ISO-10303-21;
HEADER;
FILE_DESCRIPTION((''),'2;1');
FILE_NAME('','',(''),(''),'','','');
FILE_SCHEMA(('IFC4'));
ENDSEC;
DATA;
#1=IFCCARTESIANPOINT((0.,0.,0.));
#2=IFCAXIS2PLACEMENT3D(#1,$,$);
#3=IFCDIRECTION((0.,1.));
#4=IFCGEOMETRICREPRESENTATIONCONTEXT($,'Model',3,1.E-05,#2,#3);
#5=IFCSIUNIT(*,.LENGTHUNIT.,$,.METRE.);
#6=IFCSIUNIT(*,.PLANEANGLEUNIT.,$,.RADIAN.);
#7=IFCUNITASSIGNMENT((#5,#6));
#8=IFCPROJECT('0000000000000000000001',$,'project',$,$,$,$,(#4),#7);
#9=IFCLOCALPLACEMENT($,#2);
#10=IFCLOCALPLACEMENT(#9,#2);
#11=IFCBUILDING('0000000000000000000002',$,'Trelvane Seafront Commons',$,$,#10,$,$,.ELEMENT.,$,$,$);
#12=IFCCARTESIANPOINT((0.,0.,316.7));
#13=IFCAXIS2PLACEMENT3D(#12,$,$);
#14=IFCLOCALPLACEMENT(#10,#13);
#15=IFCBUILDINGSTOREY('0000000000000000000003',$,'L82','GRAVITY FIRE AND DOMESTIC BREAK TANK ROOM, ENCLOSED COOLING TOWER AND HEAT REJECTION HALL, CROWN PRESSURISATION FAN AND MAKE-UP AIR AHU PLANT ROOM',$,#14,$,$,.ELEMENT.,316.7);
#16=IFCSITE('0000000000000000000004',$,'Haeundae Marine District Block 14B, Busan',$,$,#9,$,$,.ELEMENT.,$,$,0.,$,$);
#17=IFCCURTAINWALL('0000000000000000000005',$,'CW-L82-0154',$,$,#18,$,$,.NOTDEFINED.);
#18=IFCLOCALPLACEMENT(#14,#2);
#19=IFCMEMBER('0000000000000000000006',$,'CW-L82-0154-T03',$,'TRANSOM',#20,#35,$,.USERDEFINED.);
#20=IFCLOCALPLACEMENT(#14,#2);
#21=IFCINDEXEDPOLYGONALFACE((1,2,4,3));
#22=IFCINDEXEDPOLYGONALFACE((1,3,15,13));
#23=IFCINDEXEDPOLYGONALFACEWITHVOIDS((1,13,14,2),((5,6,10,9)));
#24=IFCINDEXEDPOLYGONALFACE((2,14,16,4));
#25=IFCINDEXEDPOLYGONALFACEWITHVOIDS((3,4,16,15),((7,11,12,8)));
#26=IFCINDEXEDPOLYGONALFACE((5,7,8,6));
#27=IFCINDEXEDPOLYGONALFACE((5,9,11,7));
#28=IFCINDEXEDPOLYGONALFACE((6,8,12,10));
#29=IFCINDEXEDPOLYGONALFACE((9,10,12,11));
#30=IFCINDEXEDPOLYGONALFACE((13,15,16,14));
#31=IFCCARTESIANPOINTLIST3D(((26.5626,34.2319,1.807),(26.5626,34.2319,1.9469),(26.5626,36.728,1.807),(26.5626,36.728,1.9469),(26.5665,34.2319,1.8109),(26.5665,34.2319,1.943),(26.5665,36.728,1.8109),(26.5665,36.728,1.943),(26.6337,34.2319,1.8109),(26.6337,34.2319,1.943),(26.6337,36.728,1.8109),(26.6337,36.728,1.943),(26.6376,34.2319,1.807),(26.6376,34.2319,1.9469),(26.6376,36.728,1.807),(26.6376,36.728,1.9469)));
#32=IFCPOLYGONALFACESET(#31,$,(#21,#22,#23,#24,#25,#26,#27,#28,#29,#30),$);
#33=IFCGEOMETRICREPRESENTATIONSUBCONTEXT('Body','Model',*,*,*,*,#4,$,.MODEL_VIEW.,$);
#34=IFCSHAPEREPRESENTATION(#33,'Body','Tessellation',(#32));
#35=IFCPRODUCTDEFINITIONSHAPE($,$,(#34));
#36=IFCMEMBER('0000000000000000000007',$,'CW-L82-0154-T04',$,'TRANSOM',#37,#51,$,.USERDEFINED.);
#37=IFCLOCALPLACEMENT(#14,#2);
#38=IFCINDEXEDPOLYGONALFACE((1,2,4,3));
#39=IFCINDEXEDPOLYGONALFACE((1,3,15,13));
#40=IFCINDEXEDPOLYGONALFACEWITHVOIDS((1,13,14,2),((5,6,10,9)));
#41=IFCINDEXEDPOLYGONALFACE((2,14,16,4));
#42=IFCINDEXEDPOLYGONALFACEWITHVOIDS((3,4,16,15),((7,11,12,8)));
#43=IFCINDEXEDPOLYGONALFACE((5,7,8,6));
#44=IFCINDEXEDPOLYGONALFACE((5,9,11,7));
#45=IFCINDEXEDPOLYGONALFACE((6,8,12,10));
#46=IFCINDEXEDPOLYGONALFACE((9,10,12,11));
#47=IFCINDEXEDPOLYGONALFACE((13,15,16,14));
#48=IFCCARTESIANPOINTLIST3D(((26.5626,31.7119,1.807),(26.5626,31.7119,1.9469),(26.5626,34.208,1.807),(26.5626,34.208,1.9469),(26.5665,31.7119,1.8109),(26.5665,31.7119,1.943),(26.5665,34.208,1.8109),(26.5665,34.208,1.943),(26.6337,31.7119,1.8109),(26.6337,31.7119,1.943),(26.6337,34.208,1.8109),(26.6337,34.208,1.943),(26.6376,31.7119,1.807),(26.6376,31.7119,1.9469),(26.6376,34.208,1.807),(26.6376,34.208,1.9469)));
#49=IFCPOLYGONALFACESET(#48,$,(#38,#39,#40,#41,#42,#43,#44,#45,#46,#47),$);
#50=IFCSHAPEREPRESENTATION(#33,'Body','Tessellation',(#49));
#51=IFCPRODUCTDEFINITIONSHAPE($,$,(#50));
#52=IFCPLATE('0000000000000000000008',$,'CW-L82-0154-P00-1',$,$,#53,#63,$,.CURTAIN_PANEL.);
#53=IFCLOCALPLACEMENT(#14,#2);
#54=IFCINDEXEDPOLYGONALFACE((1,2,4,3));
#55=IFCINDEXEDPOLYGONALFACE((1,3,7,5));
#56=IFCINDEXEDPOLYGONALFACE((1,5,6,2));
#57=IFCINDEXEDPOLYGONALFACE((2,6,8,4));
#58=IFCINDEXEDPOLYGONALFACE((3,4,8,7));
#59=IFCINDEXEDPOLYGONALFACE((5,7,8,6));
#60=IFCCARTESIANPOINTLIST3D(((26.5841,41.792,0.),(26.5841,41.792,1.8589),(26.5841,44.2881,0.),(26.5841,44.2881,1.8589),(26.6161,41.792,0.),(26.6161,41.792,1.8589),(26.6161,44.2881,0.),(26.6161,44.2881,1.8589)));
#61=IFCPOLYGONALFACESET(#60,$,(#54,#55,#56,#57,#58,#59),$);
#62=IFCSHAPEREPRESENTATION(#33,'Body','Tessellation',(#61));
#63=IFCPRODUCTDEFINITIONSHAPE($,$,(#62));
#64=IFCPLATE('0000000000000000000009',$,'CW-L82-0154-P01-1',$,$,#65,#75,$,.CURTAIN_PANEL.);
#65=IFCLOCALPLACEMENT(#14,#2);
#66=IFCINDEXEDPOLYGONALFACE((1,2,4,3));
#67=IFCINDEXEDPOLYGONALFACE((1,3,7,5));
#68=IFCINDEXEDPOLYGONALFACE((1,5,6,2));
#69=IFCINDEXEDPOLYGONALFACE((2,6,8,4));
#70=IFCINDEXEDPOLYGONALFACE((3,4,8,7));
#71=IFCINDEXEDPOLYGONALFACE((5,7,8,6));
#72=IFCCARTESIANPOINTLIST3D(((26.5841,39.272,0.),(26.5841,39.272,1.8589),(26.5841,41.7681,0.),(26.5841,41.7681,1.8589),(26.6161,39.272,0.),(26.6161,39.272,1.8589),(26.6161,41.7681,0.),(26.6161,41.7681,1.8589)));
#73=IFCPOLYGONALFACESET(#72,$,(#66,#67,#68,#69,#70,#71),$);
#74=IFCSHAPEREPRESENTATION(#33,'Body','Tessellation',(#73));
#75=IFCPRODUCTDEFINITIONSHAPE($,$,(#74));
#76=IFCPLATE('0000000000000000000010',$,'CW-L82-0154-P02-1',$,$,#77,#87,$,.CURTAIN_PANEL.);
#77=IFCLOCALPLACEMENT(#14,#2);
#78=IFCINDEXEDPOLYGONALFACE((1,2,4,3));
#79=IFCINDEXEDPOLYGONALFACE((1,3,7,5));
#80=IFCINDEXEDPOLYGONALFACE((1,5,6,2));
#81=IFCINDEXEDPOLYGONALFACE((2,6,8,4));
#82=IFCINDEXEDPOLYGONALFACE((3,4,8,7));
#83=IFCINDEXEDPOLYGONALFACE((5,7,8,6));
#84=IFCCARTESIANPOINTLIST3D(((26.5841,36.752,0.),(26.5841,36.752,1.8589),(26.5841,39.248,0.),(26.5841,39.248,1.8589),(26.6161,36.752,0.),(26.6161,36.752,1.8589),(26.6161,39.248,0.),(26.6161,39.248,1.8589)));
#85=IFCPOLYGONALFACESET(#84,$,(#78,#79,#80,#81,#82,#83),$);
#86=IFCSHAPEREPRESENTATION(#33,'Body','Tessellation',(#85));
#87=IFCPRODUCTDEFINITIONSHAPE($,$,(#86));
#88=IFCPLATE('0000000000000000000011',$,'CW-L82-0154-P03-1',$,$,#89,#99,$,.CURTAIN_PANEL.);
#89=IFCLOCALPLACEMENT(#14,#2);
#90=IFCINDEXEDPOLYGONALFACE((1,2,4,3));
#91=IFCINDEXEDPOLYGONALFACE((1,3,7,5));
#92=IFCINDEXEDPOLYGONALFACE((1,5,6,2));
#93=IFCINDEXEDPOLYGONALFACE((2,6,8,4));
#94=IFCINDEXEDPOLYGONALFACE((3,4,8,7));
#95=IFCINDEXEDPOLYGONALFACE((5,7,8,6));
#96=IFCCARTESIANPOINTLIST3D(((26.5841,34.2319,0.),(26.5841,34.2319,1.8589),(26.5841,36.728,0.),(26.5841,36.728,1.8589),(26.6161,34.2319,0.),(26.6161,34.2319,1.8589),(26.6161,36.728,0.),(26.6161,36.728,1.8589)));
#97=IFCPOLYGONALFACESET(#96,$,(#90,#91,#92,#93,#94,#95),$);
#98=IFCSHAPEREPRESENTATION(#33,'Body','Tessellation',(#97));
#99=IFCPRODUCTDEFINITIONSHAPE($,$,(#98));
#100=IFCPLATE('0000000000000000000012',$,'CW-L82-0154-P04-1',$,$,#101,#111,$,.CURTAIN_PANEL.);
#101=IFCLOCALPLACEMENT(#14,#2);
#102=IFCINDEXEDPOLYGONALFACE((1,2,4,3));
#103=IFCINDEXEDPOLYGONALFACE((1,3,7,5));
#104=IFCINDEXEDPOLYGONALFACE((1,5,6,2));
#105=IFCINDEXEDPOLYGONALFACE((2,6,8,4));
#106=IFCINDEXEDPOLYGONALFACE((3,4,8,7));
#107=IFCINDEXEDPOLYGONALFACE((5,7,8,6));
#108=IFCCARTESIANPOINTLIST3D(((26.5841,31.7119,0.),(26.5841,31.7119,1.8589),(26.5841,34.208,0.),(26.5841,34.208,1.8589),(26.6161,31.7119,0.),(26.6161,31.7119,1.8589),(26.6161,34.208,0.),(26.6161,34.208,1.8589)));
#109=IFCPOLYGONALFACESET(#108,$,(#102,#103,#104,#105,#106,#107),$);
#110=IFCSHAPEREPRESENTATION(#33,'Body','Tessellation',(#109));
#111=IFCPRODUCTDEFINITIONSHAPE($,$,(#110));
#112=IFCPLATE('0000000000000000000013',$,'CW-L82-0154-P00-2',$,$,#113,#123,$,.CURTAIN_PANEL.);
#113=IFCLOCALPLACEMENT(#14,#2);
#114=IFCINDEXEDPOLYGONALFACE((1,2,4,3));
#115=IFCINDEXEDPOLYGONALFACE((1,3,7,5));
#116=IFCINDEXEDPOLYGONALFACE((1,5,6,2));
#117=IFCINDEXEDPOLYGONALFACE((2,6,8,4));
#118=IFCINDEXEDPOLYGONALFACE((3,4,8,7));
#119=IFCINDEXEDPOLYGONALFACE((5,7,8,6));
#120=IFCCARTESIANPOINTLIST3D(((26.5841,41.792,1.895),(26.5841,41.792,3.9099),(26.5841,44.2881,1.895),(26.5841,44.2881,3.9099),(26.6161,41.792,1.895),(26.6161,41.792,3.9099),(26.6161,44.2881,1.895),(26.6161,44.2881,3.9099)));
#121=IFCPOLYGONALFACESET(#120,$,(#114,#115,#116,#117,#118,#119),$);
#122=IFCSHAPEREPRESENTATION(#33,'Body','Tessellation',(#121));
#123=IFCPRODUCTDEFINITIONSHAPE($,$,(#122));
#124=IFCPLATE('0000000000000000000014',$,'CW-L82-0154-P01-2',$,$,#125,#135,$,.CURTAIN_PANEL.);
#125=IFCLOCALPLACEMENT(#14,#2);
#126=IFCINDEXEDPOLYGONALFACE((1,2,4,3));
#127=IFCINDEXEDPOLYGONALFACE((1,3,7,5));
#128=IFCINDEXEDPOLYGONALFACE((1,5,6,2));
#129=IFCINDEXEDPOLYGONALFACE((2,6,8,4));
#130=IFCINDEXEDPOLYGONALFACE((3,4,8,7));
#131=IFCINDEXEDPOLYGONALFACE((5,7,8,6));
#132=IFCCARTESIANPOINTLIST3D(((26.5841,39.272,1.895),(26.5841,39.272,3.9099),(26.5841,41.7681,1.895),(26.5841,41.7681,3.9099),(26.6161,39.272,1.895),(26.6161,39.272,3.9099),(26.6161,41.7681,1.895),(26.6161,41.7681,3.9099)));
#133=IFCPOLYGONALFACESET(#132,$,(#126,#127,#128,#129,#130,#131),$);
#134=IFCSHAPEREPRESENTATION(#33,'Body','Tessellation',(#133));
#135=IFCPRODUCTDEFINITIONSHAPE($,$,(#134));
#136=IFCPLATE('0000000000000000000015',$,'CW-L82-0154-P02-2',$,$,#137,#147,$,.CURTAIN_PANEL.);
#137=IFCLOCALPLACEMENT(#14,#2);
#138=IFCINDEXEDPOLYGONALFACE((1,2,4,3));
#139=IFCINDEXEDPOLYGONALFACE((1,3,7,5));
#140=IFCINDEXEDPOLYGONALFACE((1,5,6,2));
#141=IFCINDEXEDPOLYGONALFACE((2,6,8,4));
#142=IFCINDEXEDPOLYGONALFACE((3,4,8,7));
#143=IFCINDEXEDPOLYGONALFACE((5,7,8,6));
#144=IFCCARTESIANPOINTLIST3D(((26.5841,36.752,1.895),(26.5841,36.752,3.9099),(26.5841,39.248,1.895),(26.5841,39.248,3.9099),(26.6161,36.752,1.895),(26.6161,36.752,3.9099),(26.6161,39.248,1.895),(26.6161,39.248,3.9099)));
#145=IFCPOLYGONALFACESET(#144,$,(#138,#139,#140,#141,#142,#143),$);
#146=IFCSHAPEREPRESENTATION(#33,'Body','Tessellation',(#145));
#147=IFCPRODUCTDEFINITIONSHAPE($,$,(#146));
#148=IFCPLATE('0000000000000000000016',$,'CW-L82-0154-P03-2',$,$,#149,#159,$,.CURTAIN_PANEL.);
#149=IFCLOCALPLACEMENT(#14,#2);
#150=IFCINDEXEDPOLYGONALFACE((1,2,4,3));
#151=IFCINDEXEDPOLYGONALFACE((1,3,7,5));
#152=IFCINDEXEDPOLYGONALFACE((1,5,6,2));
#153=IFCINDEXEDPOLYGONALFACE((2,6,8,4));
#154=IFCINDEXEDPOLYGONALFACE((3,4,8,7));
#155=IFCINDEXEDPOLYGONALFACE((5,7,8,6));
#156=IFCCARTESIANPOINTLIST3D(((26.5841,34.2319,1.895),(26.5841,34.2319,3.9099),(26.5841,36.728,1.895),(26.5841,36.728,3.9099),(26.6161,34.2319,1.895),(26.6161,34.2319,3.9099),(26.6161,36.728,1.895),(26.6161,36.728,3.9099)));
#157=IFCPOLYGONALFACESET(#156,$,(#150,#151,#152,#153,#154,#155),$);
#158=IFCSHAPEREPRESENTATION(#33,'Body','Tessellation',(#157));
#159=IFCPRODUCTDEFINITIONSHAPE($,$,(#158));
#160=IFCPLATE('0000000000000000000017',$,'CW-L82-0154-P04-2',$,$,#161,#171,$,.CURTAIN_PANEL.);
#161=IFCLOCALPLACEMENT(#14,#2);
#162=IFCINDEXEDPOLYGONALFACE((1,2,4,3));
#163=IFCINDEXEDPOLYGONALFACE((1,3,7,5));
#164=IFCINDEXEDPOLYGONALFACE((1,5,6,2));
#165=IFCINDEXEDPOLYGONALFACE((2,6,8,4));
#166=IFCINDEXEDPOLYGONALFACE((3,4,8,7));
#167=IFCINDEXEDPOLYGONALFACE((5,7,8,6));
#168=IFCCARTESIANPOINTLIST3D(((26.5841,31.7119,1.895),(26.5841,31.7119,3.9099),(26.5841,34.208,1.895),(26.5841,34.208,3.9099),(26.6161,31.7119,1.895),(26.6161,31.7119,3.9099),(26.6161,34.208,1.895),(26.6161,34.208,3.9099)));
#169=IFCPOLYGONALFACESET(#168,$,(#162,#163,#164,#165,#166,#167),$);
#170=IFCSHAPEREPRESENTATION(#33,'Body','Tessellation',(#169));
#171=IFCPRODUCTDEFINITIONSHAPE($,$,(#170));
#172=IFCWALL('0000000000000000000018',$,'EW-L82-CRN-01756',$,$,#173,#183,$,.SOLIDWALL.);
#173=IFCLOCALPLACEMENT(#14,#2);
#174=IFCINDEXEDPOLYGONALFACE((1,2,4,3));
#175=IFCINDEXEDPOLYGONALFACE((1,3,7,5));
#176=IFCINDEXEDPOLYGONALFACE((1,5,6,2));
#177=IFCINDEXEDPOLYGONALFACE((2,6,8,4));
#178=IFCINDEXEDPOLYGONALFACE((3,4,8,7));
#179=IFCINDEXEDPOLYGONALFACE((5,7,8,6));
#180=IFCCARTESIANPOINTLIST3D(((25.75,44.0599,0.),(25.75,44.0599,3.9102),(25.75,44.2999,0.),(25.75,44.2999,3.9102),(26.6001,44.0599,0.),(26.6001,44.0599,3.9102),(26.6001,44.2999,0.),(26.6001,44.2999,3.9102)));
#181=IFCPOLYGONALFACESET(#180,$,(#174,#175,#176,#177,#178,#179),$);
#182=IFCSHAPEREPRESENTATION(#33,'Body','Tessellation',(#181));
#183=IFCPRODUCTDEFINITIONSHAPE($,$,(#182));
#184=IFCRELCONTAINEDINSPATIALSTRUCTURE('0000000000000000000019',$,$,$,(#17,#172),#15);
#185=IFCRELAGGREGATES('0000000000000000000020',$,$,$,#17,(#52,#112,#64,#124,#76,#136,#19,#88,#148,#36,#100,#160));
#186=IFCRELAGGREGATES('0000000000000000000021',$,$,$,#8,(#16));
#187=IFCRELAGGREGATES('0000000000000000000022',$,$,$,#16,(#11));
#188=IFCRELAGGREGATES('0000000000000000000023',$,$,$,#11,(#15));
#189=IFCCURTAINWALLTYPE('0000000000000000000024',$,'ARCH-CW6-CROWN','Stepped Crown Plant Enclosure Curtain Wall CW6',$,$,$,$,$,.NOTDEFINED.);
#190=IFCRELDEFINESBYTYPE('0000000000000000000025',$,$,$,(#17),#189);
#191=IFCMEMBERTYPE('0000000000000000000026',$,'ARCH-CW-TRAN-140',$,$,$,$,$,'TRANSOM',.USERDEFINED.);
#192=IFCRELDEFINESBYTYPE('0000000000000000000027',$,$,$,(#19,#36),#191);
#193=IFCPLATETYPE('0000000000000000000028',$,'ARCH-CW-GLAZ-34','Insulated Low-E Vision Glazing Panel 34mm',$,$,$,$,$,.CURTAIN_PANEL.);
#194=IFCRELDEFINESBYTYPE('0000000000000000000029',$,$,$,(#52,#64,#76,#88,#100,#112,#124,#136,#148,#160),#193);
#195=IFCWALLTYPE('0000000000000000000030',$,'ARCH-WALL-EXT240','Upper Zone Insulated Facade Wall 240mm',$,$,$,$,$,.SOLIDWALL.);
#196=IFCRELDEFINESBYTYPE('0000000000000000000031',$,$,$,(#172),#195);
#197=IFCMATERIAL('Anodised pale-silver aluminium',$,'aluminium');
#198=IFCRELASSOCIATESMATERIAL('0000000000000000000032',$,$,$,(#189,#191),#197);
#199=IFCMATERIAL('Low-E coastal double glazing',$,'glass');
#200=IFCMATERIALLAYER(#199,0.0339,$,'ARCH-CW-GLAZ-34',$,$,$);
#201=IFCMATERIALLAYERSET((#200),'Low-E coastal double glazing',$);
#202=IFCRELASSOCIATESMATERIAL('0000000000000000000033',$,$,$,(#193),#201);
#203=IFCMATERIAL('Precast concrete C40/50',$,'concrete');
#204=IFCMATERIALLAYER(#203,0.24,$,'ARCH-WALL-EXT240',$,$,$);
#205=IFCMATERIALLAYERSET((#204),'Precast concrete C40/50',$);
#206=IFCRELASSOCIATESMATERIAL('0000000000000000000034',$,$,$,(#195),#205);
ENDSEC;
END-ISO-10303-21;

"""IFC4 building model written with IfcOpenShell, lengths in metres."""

from ifc_helpers import new_model, si_unit, direction, frame, frame_2d, origin, origin_2d, place, context, subcontext, project, spatial, rectangle, hollow_rectangle, extrude, source, transform, mapped, material, layer, layer_set, material_profile, profile_set, type_object, element, aggregate, save


model = new_model("IFC4")

# Units and contexts
model_context = context("Model", 3, precision=1e-05, world=origin(), true_north=direction((0.0, 1.0)))
body_context = subcontext(model_context, "Body", "Model", "MODEL_VIEW")
ifc_project = project(units=[si_unit("LENGTHUNIT", "METRE"), si_unit("PLANEANGLEUNIT", "RADIAN")], contexts=[model_context])

# Site, building, storey
site_placement = place(None, origin())
site = spatial("IfcSite", under=ifc_project, at=site_placement, Name="Haeundae Marine District Block 14B, Busan", CompositionType="ELEMENT", RefElevation=0.0)
building_placement = place(site_placement, origin())
building = spatial("IfcBuilding", under=site, at=building_placement, Name="Trelvane Seafront Commons", CompositionType="ELEMENT")
storey_placement = place(building_placement, frame((0.0, 0.0, 316.7)))
storey = spatial("IfcBuildingStorey", under=building, at=storey_placement, Name="L82", Description="GRAVITY FIRE AND DOMESTIC BREAK TANK ROOM, ENCLOSED COOLING TOWER AND HEAT REJECTION HALL, CROWN PRESSURISATION FAN AND MAKE-UP AIR AHU PLANT ROOM", CompositionType="ELEMENT", Elevation=316.7)

# Curtain wall, members, plates
ifc_material_1 = material(Name="Anodised pale-silver aluminium", Category="aluminium")
curtain_wall_type = type_object("IfcCurtainWallType", Name="ARCH-CW6-CROWN", Description="Stepped Crown Plant Enclosure Curtain Wall CW6", PredefinedType="NOTDEFINED", material=ifc_material_1)
curtain_wall_placement = place(storey_placement, origin())
curtain_wall = element("IfcCurtainWall", 1, at=curtain_wall_placement, inside=storey, type_object=curtain_wall_type, Name="CW-L82-0154", PredefinedType="NOTDEFINED")
ifc_material_profile_1 = material_profile(ifc_material_1, hollow_rectangle(XDim=0.075, YDim=0.1399, WallThickness=0.0039, at=origin_2d()), Name="TRAN-75x140x4")
ifc_profile_set_1 = profile_set([ifc_material_profile_1], Name="Anodised pale-silver aluminium")
member_type_1 = type_object("IfcMemberType", Name="ARCH-CW-TRAN-140", ElementType="TRANSOM", PredefinedType="USERDEFINED", material=ifc_profile_set_1)
shared_shape_1 = source(origin(), body_context, "Body", "SweptSolid", [
    extrude(hollow_rectangle(XDim=0.075, YDim=0.1399, WallThickness=0.0039, at=origin_2d()), origin(), (0.0, 0.0, 1.0), 2.4961),
])
member_1_placement = place(storey_placement, frame((26.6001, 36.728, 1.877), z_axis=(0.0, -1.0, 0.0), x_axis=(1.0, 0.0, 0.0)))
member_1 = element("IfcMember", 2, at=member_1_placement, type_object=member_type_1, Name="CW-L82-0154-T03", ObjectType="TRANSOM", PredefinedType="USERDEFINED", context=body_context, shape_type="MappedRepresentation", body=[
    mapped(shared_shape_1, transform((0.0, 0.0, 0.0), x_axis=(1.0, 0.0, 0.0), y_axis=(0.0, 1.0, 0.0), z_axis=(0.0, 0.0, 1.0), scale=1.0)),
])
member_2_placement = place(storey_placement, frame((26.6001, 34.208, 1.877), z_axis=(0.0, -1.0, 0.0), x_axis=(1.0, 0.0, 0.0)))
member_2 = element("IfcMember", 3, at=member_2_placement, type_object=member_type_1, Name="CW-L82-0154-T04", ObjectType="TRANSOM", PredefinedType="USERDEFINED", context=body_context, shape_type="MappedRepresentation", body=[
    mapped(shared_shape_1, transform((0.0, 0.0, 0.0), x_axis=(1.0, 0.0, 0.0), y_axis=(0.0, 1.0, 0.0), z_axis=(0.0, 0.0, 1.0), scale=1.0)),
])
ifc_material_2 = material(Name="Low-E coastal double glazing", Category="glass")
ifc_layer_1 = layer(ifc_material_2, 0.0339, Name="ARCH-CW-GLAZ-34")
ifc_layer_set_1 = layer_set([ifc_layer_1], Name="Low-E coastal double glazing")
plate_type = type_object("IfcPlateType", Name="ARCH-CW-GLAZ-34", Description="Insulated Low-E Vision Glazing Panel 34mm", PredefinedType="CURTAIN_PANEL", material=ifc_layer_set_1)
shared_shape_2 = source(origin(), body_context, "Body", "SweptSolid", [
    extrude(rectangle(XDim=2.4961, YDim=0.032, at=origin_2d()), origin(), (0.0, 0.0, 1.0), 1.8589),
])
plate_1_placement = place(storey_placement, frame((26.6001, 43.04, 0.0), z_axis=(0.0, 0.0, 1.0), x_axis=(0.0, -1.0, 0.0)))
plate_1 = element("IfcPlate", 4, at=plate_1_placement, type_object=plate_type, Name="CW-L82-0154-P00-1", PredefinedType="CURTAIN_PANEL", context=body_context, shape_type="MappedRepresentation", body=[
    mapped(shared_shape_2, transform((0.0, 0.0, 0.0), x_axis=(1.0, 0.0, 0.0), y_axis=(0.0, 1.0, 0.0), z_axis=(0.0, 0.0, 1.0), scale=1.0)),
])
plate_2_placement = place(storey_placement, frame((26.6001, 40.52, 0.0), z_axis=(0.0, 0.0, 1.0), x_axis=(0.0, -1.0, 0.0)))
plate_2 = element("IfcPlate", 5, at=plate_2_placement, type_object=plate_type, Name="CW-L82-0154-P01-1", PredefinedType="CURTAIN_PANEL", context=body_context, shape_type="MappedRepresentation", body=[
    mapped(shared_shape_2, transform((0.0, 0.0, 0.0), x_axis=(1.0, 0.0, 0.0), y_axis=(0.0, 1.0, 0.0), z_axis=(0.0, 0.0, 1.0), scale=1.0)),
])
plate_3_placement = place(storey_placement, frame((26.6001, 38.0, 0.0), z_axis=(0.0, 0.0, 1.0), x_axis=(0.0, -1.0, 0.0)))
plate_3 = element("IfcPlate", 6, at=plate_3_placement, type_object=plate_type, Name="CW-L82-0154-P02-1", PredefinedType="CURTAIN_PANEL", context=body_context, shape_type="MappedRepresentation", body=[
    mapped(shared_shape_2, transform((0.0, 0.0, 0.0), x_axis=(1.0, 0.0, 0.0), y_axis=(0.0, 1.0, 0.0), z_axis=(0.0, 0.0, 1.0), scale=1.0)),
])
plate_4_placement = place(storey_placement, frame((26.6001, 35.48, 0.0), z_axis=(0.0, 0.0, 1.0), x_axis=(0.0, -1.0, 0.0)))
plate_4 = element("IfcPlate", 7, at=plate_4_placement, type_object=plate_type, Name="CW-L82-0154-P03-1", PredefinedType="CURTAIN_PANEL", context=body_context, shape_type="MappedRepresentation", body=[
    mapped(shared_shape_2, transform((0.0, 0.0, 0.0), x_axis=(1.0, 0.0, 0.0), y_axis=(0.0, 1.0, 0.0), z_axis=(0.0, 0.0, 1.0), scale=1.0)),
])
plate_5_placement = place(storey_placement, frame((26.6001, 32.96, 0.0), z_axis=(0.0, 0.0, 1.0), x_axis=(0.0, -1.0, 0.0)))
plate_5 = element("IfcPlate", 8, at=plate_5_placement, type_object=plate_type, Name="CW-L82-0154-P04-1", PredefinedType="CURTAIN_PANEL", context=body_context, shape_type="MappedRepresentation", body=[
    mapped(shared_shape_2, transform((0.0, 0.0, 0.0), x_axis=(1.0, 0.0, 0.0), y_axis=(0.0, 1.0, 0.0), z_axis=(0.0, 0.0, 1.0), scale=1.0)),
])
shared_shape_3 = source(origin(), body_context, "Body", "SweptSolid", [
    extrude(rectangle(XDim=2.4961, YDim=0.032, at=origin_2d()), origin(), (0.0, 0.0, 1.0), 2.0149),
])
plate_6_placement = place(storey_placement, frame((26.6001, 43.04, 1.895), z_axis=(0.0, 0.0, 1.0), x_axis=(0.0, -1.0, 0.0)))
plate_6 = element("IfcPlate", 9, at=plate_6_placement, type_object=plate_type, Name="CW-L82-0154-P00-2", PredefinedType="CURTAIN_PANEL", context=body_context, shape_type="MappedRepresentation", body=[
    mapped(shared_shape_3, transform((0.0, 0.0, 0.0), x_axis=(1.0, 0.0, 0.0), y_axis=(0.0, 1.0, 0.0), z_axis=(0.0, 0.0, 1.0), scale=1.0)),
])
plate_7_placement = place(storey_placement, frame((26.6001, 40.52, 1.895), z_axis=(0.0, 0.0, 1.0), x_axis=(0.0, -1.0, 0.0)))
plate_7 = element("IfcPlate", 10, at=plate_7_placement, type_object=plate_type, Name="CW-L82-0154-P01-2", PredefinedType="CURTAIN_PANEL", context=body_context, shape_type="MappedRepresentation", body=[
    mapped(shared_shape_3, transform((0.0, 0.0, 0.0), x_axis=(1.0, 0.0, 0.0), y_axis=(0.0, 1.0, 0.0), z_axis=(0.0, 0.0, 1.0), scale=1.0)),
])
plate_8_placement = place(storey_placement, frame((26.6001, 38.0, 1.895), z_axis=(0.0, 0.0, 1.0), x_axis=(0.0, -1.0, 0.0)))
plate_8 = element("IfcPlate", 11, at=plate_8_placement, type_object=plate_type, Name="CW-L82-0154-P02-2", PredefinedType="CURTAIN_PANEL", context=body_context, shape_type="MappedRepresentation", body=[
    mapped(shared_shape_3, transform((0.0, 0.0, 0.0), x_axis=(1.0, 0.0, 0.0), y_axis=(0.0, 1.0, 0.0), z_axis=(0.0, 0.0, 1.0), scale=1.0)),
])
plate_9_placement = place(storey_placement, frame((26.6001, 35.48, 1.895), z_axis=(0.0, 0.0, 1.0), x_axis=(0.0, -1.0, 0.0)))
plate_9 = element("IfcPlate", 12, at=plate_9_placement, type_object=plate_type, Name="CW-L82-0154-P03-2", PredefinedType="CURTAIN_PANEL", context=body_context, shape_type="MappedRepresentation", body=[
    mapped(shared_shape_3, transform((0.0, 0.0, 0.0), x_axis=(1.0, 0.0, 0.0), y_axis=(0.0, 1.0, 0.0), z_axis=(0.0, 0.0, 1.0), scale=1.0)),
])
plate_10_placement = place(storey_placement, frame((26.6001, 32.96, 1.895), z_axis=(0.0, 0.0, 1.0), x_axis=(0.0, -1.0, 0.0)))
plate_10 = element("IfcPlate", 13, at=plate_10_placement, type_object=plate_type, Name="CW-L82-0154-P04-2", PredefinedType="CURTAIN_PANEL", context=body_context, shape_type="MappedRepresentation", body=[
    mapped(shared_shape_3, transform((0.0, 0.0, 0.0), x_axis=(1.0, 0.0, 0.0), y_axis=(0.0, 1.0, 0.0), z_axis=(0.0, 0.0, 1.0), scale=1.0)),
])
aggregate(curtain_wall, [plate_1, plate_6, plate_2, plate_7, plate_3, plate_8, member_1, plate_4, plate_9, member_2, plate_5, plate_10])

# Wall
ifc_material_3 = material(Name="Precast concrete C40/50", Category="concrete")
ifc_layer_2 = layer(ifc_material_3, 0.24, Name="ARCH-WALL-EXT240")
ifc_layer_set_2 = layer_set([ifc_layer_2], Name="Precast concrete C40/50")
wall_type_1 = type_object("IfcWallType", Name="ARCH-WALL-EXT240", Description="Upper Zone Insulated Facade Wall 240mm", PredefinedType="SOLIDWALL", material=ifc_layer_set_2)
wall_1_placement = place(storey_placement, frame((25.75, 44.1799, 0.0), z_axis=(0.0, 0.0, 1.0), x_axis=(1.0, 0.0, 0.0)))
element("IfcWall", 14, at=wall_1_placement, inside=storey, type_object=wall_type_1, Name="EW-L82-CRN-01756", PredefinedType="SOLIDWALL", context=body_context, shape_type="SweptSolid", body=[
    extrude(rectangle(XDim=0.8501, YDim=0.24, at=frame_2d((0.425, 0.0))), origin(), (0.0, 0.0, 1.0), 3.9102),
])

save(model, "model.ifc")
